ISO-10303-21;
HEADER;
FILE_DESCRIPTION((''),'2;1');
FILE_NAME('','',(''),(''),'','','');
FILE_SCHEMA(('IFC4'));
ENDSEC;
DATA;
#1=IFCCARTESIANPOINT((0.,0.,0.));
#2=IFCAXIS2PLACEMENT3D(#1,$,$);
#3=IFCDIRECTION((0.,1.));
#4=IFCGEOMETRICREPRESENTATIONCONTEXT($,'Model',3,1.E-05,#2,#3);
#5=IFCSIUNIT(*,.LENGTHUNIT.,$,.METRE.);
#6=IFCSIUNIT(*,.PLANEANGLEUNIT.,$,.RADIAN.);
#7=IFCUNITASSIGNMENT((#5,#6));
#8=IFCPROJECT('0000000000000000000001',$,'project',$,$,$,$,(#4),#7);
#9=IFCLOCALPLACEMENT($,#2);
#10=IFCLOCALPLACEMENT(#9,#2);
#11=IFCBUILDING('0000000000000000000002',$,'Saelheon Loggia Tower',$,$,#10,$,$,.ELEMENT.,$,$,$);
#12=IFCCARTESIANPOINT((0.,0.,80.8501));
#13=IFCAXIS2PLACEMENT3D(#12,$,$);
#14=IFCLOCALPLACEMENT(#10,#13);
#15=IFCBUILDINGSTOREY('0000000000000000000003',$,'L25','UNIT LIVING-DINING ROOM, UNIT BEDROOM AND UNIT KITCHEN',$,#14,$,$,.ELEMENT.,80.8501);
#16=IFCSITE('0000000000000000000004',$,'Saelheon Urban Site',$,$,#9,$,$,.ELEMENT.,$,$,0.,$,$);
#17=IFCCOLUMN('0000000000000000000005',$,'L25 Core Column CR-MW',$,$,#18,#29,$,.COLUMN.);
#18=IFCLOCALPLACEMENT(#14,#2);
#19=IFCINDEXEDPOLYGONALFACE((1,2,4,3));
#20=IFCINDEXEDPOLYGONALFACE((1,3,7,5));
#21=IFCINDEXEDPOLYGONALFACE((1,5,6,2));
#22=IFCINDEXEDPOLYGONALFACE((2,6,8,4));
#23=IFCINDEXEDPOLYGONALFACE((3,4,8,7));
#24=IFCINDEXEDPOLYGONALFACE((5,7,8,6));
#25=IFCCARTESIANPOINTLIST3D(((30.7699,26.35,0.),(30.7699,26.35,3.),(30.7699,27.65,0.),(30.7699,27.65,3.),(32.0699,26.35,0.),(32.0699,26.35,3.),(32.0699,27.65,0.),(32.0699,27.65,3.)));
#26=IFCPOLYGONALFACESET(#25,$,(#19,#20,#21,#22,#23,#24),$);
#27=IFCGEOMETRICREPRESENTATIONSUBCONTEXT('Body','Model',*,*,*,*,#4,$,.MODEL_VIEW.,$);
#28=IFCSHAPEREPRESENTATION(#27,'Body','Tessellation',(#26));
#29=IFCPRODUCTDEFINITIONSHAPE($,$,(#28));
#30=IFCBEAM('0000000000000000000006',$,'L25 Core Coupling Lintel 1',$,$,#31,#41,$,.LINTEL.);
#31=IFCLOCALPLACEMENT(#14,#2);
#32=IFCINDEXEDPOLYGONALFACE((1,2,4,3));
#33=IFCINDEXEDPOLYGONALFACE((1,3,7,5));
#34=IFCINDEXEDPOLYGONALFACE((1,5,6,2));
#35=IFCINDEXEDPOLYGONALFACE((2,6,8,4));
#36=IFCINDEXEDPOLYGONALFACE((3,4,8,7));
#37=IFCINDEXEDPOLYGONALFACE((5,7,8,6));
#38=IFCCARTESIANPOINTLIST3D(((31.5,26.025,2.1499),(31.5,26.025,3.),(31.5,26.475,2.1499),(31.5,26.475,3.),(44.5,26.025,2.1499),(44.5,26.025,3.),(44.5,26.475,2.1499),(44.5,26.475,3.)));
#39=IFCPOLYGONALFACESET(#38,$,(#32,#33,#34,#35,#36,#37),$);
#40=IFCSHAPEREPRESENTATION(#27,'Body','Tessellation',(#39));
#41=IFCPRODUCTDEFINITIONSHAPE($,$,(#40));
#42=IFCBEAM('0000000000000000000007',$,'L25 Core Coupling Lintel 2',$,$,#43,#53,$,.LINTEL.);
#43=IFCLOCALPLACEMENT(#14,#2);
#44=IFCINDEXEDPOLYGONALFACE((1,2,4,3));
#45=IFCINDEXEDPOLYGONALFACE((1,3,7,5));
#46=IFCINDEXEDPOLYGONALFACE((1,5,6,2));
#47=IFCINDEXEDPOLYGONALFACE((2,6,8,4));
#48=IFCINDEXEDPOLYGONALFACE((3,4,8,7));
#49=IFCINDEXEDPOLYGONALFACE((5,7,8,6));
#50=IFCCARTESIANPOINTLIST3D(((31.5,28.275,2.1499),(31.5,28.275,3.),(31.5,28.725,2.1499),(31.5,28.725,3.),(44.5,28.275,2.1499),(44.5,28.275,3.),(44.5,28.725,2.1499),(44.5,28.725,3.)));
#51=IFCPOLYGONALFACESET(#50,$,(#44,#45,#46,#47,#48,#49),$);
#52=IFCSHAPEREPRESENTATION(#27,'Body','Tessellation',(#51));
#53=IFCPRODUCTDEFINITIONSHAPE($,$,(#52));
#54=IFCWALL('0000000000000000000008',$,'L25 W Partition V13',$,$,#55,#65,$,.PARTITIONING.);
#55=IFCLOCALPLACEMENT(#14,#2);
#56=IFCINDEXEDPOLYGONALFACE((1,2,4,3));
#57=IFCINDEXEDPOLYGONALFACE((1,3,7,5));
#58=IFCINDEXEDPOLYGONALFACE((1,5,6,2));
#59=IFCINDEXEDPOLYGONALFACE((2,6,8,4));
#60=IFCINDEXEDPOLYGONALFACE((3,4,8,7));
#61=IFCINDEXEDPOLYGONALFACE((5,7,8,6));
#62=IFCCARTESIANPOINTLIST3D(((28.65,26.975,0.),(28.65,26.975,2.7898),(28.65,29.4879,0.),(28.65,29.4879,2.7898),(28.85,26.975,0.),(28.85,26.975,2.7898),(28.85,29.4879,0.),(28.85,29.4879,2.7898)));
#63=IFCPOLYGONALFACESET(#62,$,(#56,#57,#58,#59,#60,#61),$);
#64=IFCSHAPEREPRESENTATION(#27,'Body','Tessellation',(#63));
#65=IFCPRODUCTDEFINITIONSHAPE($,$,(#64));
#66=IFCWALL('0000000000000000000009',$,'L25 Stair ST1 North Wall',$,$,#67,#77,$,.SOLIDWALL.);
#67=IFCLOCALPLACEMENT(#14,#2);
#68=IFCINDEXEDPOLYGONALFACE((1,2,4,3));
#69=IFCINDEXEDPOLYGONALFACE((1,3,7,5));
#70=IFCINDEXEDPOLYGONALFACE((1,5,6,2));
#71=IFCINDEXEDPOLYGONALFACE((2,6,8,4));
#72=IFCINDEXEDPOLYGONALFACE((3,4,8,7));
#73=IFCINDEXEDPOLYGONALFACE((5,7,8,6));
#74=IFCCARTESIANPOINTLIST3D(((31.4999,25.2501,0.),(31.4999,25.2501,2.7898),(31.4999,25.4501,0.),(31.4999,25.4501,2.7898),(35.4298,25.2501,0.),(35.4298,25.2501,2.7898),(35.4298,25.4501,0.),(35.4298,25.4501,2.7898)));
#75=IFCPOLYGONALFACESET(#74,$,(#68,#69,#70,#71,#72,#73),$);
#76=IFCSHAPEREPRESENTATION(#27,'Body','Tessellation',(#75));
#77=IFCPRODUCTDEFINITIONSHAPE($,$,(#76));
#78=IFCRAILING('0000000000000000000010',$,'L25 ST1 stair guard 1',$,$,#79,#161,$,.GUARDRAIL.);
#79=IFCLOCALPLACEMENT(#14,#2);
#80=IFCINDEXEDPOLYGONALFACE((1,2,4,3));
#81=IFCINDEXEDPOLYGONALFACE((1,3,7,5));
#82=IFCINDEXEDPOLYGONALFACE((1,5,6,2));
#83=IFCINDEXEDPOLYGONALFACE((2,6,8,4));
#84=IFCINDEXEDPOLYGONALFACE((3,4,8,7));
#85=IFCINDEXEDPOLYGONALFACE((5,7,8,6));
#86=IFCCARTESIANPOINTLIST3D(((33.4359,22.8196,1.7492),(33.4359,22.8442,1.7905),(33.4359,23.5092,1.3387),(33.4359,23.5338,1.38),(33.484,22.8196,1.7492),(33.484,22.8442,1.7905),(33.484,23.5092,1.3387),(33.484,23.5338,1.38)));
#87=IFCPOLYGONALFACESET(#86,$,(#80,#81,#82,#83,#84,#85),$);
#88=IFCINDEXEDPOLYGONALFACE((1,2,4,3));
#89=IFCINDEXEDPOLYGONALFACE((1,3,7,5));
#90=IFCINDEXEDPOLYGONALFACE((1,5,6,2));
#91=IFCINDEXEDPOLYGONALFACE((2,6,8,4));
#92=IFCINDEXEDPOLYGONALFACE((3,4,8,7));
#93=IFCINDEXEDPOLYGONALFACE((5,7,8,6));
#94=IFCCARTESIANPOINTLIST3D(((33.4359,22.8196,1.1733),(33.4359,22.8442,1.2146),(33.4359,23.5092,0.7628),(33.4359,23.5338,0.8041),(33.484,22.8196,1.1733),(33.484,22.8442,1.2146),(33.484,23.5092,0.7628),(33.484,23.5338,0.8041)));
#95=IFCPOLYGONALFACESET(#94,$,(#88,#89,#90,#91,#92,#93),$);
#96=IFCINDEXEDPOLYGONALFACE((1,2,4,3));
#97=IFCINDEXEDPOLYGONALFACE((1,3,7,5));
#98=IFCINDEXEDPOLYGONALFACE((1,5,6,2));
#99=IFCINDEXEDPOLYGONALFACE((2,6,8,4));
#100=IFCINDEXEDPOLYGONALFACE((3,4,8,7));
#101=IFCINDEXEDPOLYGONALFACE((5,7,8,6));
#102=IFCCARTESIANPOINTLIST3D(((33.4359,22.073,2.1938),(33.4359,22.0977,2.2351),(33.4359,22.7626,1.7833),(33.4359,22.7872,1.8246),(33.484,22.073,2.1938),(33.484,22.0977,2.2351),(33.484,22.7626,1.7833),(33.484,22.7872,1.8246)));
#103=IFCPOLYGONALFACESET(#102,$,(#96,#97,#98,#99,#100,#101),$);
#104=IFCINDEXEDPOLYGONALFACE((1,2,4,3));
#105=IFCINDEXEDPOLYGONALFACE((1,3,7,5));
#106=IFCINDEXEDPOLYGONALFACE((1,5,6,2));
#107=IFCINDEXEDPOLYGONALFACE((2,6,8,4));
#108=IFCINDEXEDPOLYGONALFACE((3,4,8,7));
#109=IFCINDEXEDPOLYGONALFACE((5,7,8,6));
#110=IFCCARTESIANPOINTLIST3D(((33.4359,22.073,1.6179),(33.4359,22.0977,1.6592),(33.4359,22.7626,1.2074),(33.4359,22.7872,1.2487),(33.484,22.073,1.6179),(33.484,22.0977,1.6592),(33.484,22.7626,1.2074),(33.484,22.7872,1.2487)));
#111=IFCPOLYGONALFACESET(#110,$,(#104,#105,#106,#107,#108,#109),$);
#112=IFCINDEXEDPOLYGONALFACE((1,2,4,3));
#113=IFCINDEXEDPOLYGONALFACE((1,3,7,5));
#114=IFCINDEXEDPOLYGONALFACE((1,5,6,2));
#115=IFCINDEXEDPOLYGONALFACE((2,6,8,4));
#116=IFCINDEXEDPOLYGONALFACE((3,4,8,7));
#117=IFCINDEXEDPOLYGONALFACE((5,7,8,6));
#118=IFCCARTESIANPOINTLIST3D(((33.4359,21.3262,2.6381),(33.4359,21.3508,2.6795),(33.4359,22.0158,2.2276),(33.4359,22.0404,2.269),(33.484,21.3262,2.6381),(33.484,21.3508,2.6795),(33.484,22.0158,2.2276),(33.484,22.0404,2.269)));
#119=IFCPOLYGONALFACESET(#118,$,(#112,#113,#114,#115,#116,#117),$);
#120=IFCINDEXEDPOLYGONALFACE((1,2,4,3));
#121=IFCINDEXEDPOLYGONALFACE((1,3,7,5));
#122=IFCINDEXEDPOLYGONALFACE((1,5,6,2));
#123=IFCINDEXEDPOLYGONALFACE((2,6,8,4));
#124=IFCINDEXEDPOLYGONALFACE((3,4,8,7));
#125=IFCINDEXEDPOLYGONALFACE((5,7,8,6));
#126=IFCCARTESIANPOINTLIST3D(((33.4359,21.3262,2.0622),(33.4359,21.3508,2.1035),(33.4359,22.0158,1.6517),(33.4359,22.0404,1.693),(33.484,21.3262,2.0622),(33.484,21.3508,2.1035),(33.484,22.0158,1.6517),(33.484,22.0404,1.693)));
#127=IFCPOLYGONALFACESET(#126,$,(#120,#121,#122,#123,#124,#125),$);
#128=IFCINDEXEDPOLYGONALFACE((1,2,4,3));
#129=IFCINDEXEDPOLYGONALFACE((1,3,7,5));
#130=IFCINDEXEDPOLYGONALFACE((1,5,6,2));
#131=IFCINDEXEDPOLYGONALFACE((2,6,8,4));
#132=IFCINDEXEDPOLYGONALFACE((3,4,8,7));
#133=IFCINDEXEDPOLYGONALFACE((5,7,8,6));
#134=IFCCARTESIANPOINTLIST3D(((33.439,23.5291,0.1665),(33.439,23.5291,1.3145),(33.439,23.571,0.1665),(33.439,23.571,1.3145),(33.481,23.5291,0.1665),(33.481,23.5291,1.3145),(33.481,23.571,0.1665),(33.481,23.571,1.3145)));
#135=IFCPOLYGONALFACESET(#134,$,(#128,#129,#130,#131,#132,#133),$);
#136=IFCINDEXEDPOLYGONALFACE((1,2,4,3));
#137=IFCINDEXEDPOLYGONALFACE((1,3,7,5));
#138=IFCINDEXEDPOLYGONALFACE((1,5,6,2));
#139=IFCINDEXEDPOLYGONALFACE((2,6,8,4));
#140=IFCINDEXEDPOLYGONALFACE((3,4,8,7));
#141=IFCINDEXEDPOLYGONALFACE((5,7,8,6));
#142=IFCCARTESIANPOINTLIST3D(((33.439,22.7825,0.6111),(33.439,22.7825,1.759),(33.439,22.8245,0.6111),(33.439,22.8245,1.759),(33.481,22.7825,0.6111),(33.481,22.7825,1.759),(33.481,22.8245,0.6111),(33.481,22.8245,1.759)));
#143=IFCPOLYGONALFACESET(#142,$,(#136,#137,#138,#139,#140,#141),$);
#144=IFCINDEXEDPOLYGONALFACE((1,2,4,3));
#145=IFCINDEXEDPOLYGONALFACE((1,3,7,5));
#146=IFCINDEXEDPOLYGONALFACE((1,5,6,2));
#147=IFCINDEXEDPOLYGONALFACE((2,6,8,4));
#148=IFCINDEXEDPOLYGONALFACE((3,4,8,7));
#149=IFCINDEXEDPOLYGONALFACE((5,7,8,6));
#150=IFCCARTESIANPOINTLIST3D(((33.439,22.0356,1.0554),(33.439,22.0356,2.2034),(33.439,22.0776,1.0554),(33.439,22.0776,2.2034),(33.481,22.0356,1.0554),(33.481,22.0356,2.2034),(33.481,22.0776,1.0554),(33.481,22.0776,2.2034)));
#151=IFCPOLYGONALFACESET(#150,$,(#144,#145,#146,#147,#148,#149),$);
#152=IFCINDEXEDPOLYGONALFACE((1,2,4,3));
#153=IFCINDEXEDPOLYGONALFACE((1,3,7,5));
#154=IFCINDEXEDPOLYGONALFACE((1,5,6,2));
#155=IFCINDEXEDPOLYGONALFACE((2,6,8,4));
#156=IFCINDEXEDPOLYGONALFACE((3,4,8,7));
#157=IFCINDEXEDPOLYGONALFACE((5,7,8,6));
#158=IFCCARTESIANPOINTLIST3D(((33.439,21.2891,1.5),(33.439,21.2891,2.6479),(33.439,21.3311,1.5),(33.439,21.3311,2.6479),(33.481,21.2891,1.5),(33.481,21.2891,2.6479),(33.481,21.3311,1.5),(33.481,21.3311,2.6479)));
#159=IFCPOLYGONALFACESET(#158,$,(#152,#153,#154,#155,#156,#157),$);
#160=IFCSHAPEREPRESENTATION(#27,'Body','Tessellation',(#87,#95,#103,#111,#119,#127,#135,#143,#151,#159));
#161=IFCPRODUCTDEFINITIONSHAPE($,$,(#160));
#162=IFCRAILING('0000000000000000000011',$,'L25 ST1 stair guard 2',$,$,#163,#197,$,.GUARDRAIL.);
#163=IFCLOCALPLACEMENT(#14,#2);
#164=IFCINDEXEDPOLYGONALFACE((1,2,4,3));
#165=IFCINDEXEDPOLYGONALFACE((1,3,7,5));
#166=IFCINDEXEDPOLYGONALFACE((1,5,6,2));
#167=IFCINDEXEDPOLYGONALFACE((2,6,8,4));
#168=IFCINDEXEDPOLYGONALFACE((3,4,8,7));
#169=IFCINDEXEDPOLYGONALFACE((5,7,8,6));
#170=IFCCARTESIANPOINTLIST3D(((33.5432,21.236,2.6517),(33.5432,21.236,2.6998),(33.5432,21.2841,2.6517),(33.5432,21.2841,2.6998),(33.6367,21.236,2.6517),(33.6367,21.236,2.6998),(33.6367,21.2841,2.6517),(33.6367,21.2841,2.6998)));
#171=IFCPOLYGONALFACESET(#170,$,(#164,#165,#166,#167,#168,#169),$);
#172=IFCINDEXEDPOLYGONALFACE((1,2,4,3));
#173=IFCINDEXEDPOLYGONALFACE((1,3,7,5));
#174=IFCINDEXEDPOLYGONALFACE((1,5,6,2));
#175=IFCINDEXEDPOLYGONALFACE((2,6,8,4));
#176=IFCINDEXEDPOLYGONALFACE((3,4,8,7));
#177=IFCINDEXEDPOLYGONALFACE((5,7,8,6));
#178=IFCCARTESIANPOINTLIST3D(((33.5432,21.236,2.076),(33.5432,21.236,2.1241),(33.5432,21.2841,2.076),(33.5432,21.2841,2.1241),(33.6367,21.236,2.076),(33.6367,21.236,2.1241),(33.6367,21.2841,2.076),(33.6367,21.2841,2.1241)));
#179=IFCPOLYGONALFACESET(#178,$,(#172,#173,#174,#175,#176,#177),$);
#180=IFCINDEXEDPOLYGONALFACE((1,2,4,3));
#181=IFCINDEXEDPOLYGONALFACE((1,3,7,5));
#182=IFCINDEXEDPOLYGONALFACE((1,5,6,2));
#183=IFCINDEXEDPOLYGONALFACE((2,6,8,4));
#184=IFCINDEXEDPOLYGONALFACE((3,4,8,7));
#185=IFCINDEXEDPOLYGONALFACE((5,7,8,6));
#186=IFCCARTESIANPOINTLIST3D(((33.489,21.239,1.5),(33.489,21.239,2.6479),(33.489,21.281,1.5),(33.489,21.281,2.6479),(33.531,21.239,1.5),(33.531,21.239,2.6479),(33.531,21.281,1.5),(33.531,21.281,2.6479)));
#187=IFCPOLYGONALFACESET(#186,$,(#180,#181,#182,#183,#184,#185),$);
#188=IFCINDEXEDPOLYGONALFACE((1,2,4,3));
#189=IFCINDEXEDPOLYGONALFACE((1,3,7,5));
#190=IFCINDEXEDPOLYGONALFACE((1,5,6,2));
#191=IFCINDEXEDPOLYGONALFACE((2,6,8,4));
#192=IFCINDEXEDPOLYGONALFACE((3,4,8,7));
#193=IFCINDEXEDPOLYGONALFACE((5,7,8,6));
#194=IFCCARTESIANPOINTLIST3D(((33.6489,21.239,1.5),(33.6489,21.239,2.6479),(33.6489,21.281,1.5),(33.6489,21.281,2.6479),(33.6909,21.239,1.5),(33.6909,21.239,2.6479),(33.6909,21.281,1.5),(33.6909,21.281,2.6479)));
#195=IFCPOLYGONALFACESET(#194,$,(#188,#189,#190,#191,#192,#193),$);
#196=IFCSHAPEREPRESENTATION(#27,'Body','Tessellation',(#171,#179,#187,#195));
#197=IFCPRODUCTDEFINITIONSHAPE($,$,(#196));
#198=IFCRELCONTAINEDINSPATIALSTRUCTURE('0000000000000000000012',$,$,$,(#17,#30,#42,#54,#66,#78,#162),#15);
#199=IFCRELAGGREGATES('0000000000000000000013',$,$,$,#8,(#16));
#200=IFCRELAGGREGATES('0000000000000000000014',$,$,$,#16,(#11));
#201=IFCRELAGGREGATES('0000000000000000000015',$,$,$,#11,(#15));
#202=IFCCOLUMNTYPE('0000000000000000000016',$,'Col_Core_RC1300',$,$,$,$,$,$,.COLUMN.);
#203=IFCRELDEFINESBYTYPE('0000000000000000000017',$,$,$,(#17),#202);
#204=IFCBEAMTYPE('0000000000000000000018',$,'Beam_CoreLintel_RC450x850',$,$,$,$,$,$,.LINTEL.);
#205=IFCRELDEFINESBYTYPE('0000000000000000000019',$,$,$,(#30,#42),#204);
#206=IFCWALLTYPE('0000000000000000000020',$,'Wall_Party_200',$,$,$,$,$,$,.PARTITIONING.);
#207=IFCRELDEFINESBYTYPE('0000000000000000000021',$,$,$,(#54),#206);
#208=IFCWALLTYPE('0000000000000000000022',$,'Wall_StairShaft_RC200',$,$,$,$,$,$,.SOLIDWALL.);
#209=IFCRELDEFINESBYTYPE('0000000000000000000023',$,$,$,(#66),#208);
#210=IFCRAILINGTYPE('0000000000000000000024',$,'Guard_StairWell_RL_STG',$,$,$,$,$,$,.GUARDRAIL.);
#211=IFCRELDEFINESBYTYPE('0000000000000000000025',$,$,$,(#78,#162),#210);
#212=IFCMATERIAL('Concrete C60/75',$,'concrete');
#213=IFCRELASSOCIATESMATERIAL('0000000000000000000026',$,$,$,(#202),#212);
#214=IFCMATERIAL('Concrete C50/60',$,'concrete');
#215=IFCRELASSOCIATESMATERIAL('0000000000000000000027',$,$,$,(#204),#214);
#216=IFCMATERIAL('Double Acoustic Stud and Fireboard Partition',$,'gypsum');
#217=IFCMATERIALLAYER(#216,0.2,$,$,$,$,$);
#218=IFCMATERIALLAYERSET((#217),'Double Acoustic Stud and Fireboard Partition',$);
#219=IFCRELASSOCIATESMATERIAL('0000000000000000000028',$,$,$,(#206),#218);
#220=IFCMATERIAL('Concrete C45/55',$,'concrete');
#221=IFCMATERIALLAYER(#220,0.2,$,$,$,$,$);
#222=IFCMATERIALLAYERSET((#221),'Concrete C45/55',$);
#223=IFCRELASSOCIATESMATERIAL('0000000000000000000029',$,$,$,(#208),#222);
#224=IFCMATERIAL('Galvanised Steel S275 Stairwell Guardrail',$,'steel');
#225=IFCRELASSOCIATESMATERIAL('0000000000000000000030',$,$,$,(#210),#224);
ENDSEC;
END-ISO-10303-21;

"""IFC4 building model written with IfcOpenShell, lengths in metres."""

from ifc_helpers import new_model, si_unit, direction, frame, frame_2d, origin, origin_2d, place, context, subcontext, project, spatial, rectangle, extrude, source, transform, mapped, material, layer, layer_set, material_profile, profile_set, type_object, element, save


model = new_model("IFC4")

# Units and contexts
model_context = context("Model", 3, precision=1e-05, world=origin(), true_north=direction((0.0, 1.0)))
body_context = subcontext(model_context, "Body", "Model", "MODEL_VIEW")
ifc_project = project(units=[si_unit("LENGTHUNIT", "METRE"), si_unit("PLANEANGLEUNIT", "RADIAN")], contexts=[model_context])

# Site, building, storey
site_placement = place(None, origin())
site = spatial("IfcSite", under=ifc_project, at=site_placement, Name="Saelheon Urban Site", CompositionType="ELEMENT", RefElevation=0.0)
building_placement = place(site_placement, origin())
building = spatial("IfcBuilding", under=site, at=building_placement, Name="Saelheon Loggia Tower", CompositionType="ELEMENT")
storey_placement = place(building_placement, frame((0.0, 0.0, 80.8501)))
storey = spatial("IfcBuildingStorey", under=building, at=storey_placement, Name="L25", Description="UNIT LIVING-DINING ROOM, UNIT BEDROOM AND UNIT KITCHEN", CompositionType="ELEMENT", Elevation=80.8501)

# Column
ifc_material_1 = material(Name="Concrete C60/75", Category="concrete")
ifc_material_profile_1 = material_profile(ifc_material_1, rectangle(XDim=1.3, YDim=1.3, at=origin_2d()), Name="RC-1300x1300")
ifc_profile_set_1 = profile_set([ifc_material_profile_1], Name="Concrete C60/75")
column_type = type_object("IfcColumnType", Name="Col_Core_RC1300", PredefinedType="COLUMN", material=ifc_profile_set_1)
shared_shape_1 = source(origin(), body_context, "Body", "SweptSolid", [
    extrude(rectangle(XDim=1.3, YDim=1.3, at=origin_2d()), origin(), (0.0, 0.0, 1.0), 3.0),
])
column_placement = place(storey_placement, frame((31.4199, 27.0, 0.0), z_axis=(0.0, 0.0, 1.0), x_axis=(1.0, 0.0, 0.0)))
element("IfcColumn", 1, at=column_placement, inside=storey, type_object=column_type, Name="L25 Core Column CR-MW", PredefinedType="COLUMN", context=body_context, shape_type="MappedRepresentation", body=[
    mapped(shared_shape_1, transform((0.0, 0.0, 0.0), scale=1.0)),
])

# Beams
ifc_material_2 = material(Name="Concrete C50/60", Category="concrete")
ifc_material_profile_2 = material_profile(ifc_material_2, rectangle(XDim=0.45, YDim=0.8501, at=origin_2d()), Name="RC-450x850")
ifc_profile_set_2 = profile_set([ifc_material_profile_2], Name="Concrete C50/60")
beam_type = type_object("IfcBeamType", Name="Beam_CoreLintel_RC450x850", PredefinedType="LINTEL", material=ifc_profile_set_2)
shared_shape_2 = source(origin(), body_context, "Body", "SweptSolid", [
    extrude(rectangle(XDim=0.45, YDim=0.8501, at=origin_2d()), origin(), (0.0, 0.0, 1.0), 13.0),
])
for number, where, z_axis, x_axis, name in (
    (2, (31.5, 26.25, 2.575), (1.0, 0.0, 0.0), (0.0, 1.0, 0.0), "L25 Core Coupling Lintel 1"),
    (3, (31.5, 28.5, 2.575), (1.0, 0.0, 0.0), (0.0, 1.0, 0.0), "L25 Core Coupling Lintel 2"),
):
    element("IfcBeam", number, at=place(storey_placement, frame(where, z_axis=z_axis, x_axis=x_axis)), inside=storey, type_object=beam_type, Name=name, PredefinedType="LINTEL", context=body_context, shape_type="MappedRepresentation", body=[
        mapped(shared_shape_2, transform((0.0, 0.0, 0.0), scale=1.0)),
    ])

# Wall
ifc_material_3 = material(Name="Double Acoustic Stud and Fireboard Partition", Category="gypsum")
ifc_layer_1 = layer(ifc_material_3, 0.2)
ifc_layer_set_1 = layer_set([ifc_layer_1], Name="Double Acoustic Stud and Fireboard Partition")
wall_type_1 = type_object("IfcWallType", Name="Wall_Party_200", PredefinedType="PARTITIONING", material=ifc_layer_set_1)
wall_1_placement = place(storey_placement, frame((28.75, 26.9751, 0.0), z_axis=(0.0, 0.0, 1.0), x_axis=(0.0, 1.0, 0.0)))
element("IfcWall", 4, at=wall_1_placement, inside=storey, type_object=wall_type_1, Name="L25 W Partition V13", PredefinedType="PARTITIONING", context=body_context, shape_type="SweptSolid", body=[
    extrude(rectangle(XDim=2.5129, YDim=0.2, at=frame_2d((1.2563, 0.0))), origin(), (0.0, 0.0, 1.0), 2.7898),
])

# Wall
ifc_material_4 = material(Name="Concrete C45/55", Category="concrete")
ifc_layer_2 = layer(ifc_material_4, 0.2)
ifc_layer_set_2 = layer_set([ifc_layer_2], Name="Concrete C45/55")
wall_type_2 = type_object("IfcWallType", Name="Wall_StairShaft_RC200", PredefinedType="SOLIDWALL", material=ifc_layer_set_2)
wall_2_placement = place(storey_placement, frame((31.5, 25.3501, 0.0), z_axis=(0.0, 0.0, 1.0), x_axis=(1.0, 0.0, 0.0)))
element("IfcWall", 5, at=wall_2_placement, inside=storey, type_object=wall_type_2, Name="L25 Stair ST1 North Wall", PredefinedType="SOLIDWALL", context=body_context, shape_type="SweptSolid", body=[
    extrude(rectangle(XDim=3.9299, YDim=0.2, at=frame_2d((1.9648, 0.0))), origin(), (0.0, 0.0, 1.0), 2.7898),
])

# Railings
ifc_material_5 = material(Name="Galvanised Steel S275 Stairwell Guardrail", Category="steel")
railing_type_1 = type_object("IfcRailingType", Name="Guard_StairWell_RL_STG", PredefinedType="GUARDRAIL", material=ifc_material_5)
railing_1_placement = place(storey_placement, frame((33.46, 23.55, 0.1665)))
element("IfcRailing", 6, at=railing_1_placement, inside=storey, type_object=railing_type_1, Name="L25 ST1 stair guard 1", PredefinedType="GUARDRAIL", context=body_context, shape_type="SweptSolid", body=[
    extrude(rectangle(XDim=0.0481, YDim=0.0481, at=origin_2d()), frame((0.0, -0.0286, 1.1929), z_axis=(0.0, -0.859264, 0.511532), x_axis=(1.0, 0.0, 0.0)), (0.0, 0.0, 1.0), 0.8025),
    extrude(rectangle(XDim=0.0481, YDim=0.0481, at=origin_2d()), frame((0.0, -0.0286, 0.6169), z_axis=(0.0, -0.859264, 0.511532), x_axis=(1.0, 0.0, 0.0)), (0.0, 0.0, 1.0), 0.8025),
    extrude(rectangle(XDim=0.0481, YDim=0.0481, at=origin_2d()), frame((0.0, -0.7751, 1.6375), z_axis=(0.0, -0.859264, 0.511532), x_axis=(1.0, 0.0, 0.0)), (0.0, 0.0, 1.0), 0.8025),
    extrude(rectangle(XDim=0.0481, YDim=0.0481, at=origin_2d()), frame((0.0, -0.7751, 1.0615), z_axis=(0.0, -0.859264, 0.511532), x_axis=(1.0, 0.0, 0.0)), (0.0, 0.0, 1.0), 0.8025),
    extrude(rectangle(XDim=0.0481, YDim=0.0481, at=origin_2d()), frame((0.0, -1.522, 2.0818), z_axis=(0.0, -0.859264, 0.511532), x_axis=(1.0, 0.0, 0.0)), (0.0, 0.0, 1.0), 0.8025),
    extrude(rectangle(XDim=0.0481, YDim=0.0481, at=origin_2d()), frame((0.0, -1.522, 1.5059), z_axis=(0.0, -0.859264, 0.511532), x_axis=(1.0, 0.0, 0.0)), (0.0, 0.0, 1.0), 0.8025),
    extrude(rectangle(XDim=0.042, YDim=0.042, at=origin_2d()), origin(), (0.0, 0.0, 1.0), 1.1479),
    extrude(rectangle(XDim=0.042, YDim=0.042, at=origin_2d()), frame((0.0, -0.7466, 0.4446)), (0.0, 0.0, 1.0), 1.1479),
    extrude(rectangle(XDim=0.042, YDim=0.042, at=origin_2d()), frame((0.0, -1.4934, 0.8889)), (0.0, 0.0, 1.0), 1.1479),
    extrude(rectangle(XDim=0.042, YDim=0.042, at=origin_2d()), frame((0.0, -2.24, 1.3335)), (0.0, 0.0, 1.0), 1.1479),
])
railing_2_placement = place(storey_placement, frame((33.51, 21.26, 1.5)))
element("IfcRailing", 7, at=railing_2_placement, inside=storey, type_object=railing_type_1, Name="L25 ST1 stair guard 2", PredefinedType="GUARDRAIL", context=body_context, shape_type="SweptSolid", body=[
    extrude(rectangle(XDim=0.0481, YDim=0.0481, at=origin_2d()), frame((0.0332, 0.0, 1.1758), z_axis=(1.0, 0.0, 0.0), x_axis=(0.0, 1.0, 0.0)), (0.0, 0.0, 1.0), 0.0935),
    extrude(rectangle(XDim=0.0481, YDim=0.0481, at=origin_2d()), frame((0.0332, 0.0, 0.6001), z_axis=(1.0, 0.0, 0.0), x_axis=(0.0, 1.0, 0.0)), (0.0, 0.0, 1.0), 0.0935),
    extrude(rectangle(XDim=0.042, YDim=0.042, at=origin_2d()), origin(), (0.0, 0.0, 1.0), 1.1479),
    extrude(rectangle(XDim=0.042, YDim=0.042, at=origin_2d()), frame((0.1599, 0.0, 0.0)), (0.0, 0.0, 1.0), 1.1479),
])

save(model, "model.ifc")
